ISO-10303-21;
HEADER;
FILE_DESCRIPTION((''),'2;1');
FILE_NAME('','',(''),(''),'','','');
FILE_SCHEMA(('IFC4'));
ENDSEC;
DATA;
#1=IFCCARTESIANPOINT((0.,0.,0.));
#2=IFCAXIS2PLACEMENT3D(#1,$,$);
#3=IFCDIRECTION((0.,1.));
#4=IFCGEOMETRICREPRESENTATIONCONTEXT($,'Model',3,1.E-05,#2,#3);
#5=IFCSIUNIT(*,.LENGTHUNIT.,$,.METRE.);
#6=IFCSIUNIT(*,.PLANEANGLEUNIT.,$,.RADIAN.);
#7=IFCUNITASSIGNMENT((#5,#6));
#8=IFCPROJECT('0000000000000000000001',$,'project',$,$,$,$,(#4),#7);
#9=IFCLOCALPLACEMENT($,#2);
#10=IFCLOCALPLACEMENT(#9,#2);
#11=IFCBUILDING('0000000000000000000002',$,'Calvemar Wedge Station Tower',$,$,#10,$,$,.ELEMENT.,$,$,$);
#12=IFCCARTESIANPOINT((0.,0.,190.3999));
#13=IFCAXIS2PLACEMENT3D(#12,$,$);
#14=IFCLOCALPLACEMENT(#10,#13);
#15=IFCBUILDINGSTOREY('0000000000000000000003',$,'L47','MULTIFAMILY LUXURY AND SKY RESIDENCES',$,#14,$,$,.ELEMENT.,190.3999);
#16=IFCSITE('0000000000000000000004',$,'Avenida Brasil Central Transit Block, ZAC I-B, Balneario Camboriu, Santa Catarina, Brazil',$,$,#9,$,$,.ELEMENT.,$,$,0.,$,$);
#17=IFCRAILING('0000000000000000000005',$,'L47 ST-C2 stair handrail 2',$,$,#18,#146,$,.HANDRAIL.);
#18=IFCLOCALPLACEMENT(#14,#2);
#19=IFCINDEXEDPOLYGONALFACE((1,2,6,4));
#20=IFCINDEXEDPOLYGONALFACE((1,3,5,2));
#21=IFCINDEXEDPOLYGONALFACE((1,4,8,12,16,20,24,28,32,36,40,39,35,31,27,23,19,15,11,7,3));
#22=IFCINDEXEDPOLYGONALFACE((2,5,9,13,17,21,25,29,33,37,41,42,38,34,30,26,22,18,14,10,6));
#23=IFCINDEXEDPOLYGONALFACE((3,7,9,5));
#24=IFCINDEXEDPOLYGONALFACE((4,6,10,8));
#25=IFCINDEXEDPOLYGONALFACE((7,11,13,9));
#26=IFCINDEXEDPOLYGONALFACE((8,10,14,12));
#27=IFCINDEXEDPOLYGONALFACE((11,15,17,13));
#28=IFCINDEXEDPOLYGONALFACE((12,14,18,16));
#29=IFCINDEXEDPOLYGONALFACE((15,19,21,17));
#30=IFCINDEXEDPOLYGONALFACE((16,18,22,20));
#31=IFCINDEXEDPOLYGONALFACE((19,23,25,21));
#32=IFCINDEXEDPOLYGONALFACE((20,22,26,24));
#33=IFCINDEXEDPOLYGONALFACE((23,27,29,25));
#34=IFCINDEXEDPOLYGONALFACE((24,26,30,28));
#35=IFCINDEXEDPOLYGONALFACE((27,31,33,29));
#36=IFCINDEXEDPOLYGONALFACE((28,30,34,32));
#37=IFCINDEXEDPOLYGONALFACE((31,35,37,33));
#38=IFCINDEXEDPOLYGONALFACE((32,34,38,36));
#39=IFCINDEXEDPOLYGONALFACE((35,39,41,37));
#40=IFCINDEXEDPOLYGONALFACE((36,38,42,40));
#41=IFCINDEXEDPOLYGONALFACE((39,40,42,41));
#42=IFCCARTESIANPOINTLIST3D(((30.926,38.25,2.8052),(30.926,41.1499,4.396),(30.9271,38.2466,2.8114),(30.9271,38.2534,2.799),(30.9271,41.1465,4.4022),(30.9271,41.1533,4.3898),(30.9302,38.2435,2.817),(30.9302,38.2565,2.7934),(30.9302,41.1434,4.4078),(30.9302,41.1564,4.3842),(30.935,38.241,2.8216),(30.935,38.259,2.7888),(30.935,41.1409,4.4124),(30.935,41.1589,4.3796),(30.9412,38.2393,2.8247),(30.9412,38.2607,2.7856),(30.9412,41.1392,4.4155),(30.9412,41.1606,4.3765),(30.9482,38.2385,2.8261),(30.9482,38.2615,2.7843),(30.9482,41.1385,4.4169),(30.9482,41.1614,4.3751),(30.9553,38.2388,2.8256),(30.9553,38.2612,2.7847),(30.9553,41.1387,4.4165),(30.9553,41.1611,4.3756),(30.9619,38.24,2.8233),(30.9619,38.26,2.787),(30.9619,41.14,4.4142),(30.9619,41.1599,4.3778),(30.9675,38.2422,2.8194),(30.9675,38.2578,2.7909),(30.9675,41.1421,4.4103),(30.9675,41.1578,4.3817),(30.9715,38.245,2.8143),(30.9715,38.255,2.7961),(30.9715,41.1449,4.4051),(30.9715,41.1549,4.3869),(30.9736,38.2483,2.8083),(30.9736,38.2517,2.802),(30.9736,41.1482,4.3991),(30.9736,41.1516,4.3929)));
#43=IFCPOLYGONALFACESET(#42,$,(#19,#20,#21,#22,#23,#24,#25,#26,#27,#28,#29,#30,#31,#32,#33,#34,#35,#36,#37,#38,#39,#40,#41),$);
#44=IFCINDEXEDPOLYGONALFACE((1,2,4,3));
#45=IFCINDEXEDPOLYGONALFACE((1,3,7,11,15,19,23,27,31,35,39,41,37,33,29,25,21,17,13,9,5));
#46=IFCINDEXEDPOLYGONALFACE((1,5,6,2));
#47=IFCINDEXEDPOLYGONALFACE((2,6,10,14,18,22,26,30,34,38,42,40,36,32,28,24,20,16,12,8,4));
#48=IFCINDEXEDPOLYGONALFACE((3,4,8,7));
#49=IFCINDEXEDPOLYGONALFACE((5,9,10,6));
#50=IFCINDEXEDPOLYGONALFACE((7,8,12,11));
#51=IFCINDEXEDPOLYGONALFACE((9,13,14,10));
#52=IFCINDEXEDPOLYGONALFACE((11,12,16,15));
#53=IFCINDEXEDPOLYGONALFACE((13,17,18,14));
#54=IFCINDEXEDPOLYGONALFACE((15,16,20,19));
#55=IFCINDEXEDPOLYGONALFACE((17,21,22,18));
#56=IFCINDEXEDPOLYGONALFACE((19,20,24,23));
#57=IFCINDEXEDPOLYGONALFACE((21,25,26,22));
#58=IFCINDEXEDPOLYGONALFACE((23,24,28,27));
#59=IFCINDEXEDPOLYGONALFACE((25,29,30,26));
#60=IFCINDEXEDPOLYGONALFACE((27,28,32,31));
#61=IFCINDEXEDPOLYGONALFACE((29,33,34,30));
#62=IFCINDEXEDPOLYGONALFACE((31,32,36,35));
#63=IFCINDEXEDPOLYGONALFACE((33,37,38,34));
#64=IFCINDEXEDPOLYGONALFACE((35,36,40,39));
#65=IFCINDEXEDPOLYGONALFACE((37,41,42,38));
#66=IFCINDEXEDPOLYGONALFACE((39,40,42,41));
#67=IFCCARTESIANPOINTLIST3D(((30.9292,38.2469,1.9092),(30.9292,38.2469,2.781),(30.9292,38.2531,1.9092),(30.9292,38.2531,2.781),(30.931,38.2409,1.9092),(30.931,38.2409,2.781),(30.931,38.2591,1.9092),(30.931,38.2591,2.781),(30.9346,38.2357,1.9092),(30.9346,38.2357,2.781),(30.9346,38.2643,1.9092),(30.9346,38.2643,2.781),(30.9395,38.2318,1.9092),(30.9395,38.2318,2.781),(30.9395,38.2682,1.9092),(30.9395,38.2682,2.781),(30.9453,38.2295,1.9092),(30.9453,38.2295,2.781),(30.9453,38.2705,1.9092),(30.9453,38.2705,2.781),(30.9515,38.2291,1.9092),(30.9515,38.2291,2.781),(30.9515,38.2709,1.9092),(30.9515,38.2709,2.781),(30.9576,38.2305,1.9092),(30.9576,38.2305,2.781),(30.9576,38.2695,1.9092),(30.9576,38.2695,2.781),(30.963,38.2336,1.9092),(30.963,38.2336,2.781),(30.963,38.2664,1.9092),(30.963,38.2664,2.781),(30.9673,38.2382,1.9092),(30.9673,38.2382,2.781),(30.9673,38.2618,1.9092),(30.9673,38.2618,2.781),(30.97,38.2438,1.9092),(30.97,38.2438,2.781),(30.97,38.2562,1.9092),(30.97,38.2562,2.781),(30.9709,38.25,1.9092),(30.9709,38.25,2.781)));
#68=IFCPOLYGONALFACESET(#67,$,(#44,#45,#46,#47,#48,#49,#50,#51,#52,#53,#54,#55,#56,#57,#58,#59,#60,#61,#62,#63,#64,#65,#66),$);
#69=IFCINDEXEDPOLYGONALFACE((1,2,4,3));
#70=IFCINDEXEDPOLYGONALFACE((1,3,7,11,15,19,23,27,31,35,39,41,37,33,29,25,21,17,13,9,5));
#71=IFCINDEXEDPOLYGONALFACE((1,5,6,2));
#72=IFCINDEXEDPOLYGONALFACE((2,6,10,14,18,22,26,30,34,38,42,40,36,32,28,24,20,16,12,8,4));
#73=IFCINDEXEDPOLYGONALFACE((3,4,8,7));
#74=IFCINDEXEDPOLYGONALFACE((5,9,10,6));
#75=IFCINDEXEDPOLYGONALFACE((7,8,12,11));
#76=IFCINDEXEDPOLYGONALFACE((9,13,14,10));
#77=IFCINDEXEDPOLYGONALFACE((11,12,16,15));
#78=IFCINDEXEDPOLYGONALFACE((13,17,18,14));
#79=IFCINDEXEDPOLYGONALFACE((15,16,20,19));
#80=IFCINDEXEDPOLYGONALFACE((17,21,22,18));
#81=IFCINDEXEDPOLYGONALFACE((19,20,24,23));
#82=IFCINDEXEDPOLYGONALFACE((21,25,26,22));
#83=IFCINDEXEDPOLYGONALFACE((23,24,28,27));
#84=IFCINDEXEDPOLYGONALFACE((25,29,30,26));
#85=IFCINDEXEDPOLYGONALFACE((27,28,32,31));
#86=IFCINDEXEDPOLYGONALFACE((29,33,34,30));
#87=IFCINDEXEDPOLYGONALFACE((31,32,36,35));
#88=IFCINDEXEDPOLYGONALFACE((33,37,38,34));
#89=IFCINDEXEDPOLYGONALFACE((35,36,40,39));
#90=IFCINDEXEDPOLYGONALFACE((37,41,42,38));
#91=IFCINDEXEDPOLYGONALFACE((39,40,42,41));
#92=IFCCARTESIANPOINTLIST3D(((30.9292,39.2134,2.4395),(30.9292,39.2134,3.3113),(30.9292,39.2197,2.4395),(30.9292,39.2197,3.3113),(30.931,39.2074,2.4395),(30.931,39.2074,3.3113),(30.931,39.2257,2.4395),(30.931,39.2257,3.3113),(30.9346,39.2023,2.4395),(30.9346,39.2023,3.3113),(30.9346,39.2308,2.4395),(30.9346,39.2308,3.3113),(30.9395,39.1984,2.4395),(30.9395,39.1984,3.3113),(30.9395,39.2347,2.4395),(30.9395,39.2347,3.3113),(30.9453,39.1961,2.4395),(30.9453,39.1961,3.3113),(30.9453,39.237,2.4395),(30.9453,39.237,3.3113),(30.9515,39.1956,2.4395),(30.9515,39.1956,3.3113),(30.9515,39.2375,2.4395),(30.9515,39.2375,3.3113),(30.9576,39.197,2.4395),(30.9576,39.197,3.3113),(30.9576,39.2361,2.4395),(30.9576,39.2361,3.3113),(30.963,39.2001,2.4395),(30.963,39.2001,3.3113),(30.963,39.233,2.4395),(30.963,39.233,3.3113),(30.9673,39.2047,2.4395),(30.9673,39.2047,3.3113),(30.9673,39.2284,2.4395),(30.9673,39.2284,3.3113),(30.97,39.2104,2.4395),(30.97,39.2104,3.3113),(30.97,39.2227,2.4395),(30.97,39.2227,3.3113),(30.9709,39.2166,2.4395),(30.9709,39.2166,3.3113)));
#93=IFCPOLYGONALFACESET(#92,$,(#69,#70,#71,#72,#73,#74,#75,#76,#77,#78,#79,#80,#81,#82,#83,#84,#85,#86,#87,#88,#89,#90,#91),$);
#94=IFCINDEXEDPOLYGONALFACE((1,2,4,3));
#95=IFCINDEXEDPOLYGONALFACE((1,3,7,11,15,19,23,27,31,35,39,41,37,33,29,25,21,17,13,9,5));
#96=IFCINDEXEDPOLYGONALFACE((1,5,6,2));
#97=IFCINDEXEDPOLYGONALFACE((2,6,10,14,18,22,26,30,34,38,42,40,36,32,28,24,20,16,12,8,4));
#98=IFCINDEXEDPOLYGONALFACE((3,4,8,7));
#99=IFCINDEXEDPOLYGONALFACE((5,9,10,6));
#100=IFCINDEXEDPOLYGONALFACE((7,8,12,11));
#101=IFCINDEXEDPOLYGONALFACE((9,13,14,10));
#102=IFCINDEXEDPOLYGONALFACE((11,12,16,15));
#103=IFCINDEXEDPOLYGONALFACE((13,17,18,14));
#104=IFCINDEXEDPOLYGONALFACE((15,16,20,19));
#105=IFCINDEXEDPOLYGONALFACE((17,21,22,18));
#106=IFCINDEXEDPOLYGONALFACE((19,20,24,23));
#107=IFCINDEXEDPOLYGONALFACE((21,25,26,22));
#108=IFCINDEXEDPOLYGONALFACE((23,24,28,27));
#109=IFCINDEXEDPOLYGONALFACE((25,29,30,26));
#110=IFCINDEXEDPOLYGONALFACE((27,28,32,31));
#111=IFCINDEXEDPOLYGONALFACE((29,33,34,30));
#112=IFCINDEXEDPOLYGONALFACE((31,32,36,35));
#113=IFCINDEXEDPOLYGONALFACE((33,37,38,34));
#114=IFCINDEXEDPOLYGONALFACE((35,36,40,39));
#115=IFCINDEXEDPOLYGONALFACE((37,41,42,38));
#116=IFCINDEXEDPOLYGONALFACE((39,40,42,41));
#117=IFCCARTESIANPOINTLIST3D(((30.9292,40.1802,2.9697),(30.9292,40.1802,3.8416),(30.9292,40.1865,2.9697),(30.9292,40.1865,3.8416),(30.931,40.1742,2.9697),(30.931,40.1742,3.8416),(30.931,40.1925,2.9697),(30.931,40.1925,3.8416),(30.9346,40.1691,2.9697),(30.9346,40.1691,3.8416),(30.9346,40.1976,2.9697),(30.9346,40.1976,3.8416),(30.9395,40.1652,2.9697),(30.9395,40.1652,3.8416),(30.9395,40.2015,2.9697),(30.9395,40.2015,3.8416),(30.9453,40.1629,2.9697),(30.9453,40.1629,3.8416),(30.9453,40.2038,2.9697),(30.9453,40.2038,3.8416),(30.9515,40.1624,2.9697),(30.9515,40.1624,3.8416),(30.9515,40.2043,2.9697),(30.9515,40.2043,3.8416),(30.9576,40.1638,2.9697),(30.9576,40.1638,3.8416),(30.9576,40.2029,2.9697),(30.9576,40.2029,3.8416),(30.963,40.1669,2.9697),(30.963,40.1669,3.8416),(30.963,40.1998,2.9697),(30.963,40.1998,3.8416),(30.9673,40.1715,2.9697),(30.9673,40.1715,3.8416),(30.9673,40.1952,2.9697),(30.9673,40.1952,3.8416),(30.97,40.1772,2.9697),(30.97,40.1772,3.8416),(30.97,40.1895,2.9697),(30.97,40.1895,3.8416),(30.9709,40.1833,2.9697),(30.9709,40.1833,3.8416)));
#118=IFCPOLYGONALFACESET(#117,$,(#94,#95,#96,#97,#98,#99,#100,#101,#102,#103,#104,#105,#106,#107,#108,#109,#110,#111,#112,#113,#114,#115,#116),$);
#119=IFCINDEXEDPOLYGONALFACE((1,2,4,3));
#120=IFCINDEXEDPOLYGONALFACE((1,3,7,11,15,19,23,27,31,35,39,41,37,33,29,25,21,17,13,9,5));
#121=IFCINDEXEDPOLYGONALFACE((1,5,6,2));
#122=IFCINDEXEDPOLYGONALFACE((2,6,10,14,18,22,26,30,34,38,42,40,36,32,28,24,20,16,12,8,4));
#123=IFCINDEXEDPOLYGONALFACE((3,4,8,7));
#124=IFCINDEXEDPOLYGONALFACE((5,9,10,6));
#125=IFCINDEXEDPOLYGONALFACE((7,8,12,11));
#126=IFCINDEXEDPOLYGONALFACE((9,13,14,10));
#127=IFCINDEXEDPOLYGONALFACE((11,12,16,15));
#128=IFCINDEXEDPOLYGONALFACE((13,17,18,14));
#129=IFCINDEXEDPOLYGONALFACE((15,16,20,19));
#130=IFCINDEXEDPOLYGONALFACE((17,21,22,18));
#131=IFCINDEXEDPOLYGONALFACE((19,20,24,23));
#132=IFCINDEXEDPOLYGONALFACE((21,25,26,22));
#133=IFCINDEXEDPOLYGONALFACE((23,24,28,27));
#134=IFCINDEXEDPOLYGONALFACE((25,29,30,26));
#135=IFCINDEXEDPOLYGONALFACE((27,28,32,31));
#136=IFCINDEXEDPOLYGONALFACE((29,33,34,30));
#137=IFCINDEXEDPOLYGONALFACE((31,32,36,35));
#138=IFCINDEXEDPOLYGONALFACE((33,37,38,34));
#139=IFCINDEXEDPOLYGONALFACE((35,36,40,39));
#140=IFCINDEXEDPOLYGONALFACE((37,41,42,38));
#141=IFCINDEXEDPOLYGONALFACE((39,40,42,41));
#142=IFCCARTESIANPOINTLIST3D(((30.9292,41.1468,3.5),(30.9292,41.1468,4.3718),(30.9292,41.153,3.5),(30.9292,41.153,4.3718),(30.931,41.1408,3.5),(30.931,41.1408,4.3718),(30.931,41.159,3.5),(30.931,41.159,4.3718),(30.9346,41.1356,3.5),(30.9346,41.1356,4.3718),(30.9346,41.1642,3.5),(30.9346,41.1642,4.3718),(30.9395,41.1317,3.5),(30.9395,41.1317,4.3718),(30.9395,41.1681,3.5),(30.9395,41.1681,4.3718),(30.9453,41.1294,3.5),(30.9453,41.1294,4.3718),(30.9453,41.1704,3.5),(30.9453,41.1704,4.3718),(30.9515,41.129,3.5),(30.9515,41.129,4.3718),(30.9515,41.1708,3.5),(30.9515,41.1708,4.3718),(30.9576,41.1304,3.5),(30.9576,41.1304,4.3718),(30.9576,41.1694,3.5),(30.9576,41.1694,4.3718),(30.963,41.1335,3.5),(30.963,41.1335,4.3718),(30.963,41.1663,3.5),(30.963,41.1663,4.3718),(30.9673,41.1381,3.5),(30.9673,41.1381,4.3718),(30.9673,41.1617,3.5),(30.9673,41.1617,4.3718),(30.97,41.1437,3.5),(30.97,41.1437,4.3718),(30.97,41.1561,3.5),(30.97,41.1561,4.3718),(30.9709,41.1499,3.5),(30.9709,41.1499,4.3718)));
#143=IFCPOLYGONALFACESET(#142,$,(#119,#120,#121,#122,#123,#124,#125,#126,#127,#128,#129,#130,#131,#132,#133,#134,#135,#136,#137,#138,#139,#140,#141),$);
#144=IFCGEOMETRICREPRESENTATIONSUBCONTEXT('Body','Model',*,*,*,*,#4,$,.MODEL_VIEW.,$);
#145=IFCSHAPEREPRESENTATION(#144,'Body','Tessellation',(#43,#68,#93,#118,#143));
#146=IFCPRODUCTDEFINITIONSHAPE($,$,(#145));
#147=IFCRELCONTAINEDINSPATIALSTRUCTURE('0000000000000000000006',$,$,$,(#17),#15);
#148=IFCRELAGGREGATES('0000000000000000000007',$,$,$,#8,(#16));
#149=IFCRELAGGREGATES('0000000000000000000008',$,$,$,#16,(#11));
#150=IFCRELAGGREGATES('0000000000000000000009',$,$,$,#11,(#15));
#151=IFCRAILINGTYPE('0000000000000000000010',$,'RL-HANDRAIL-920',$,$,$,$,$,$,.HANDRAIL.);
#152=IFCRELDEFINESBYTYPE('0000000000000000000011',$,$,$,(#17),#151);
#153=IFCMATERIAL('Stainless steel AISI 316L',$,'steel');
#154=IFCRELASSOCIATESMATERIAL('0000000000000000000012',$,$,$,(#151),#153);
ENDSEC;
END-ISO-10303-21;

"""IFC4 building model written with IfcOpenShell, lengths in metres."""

from ifc_helpers import new_model, si_unit, direction, frame, origin, origin_2d, place, context, subcontext, project, spatial, circle, extrude, material, type_object, element, save


model = new_model("IFC4")

# Units and contexts
model_context = context("Model", 3, precision=1e-05, world=origin(), true_north=direction((0.0, 1.0)))
body_context = subcontext(model_context, "Body", "Model", "MODEL_VIEW")
ifc_project = project(units=[si_unit("LENGTHUNIT", "METRE"), si_unit("PLANEANGLEUNIT", "RADIAN")], contexts=[model_context])

# Site, building, storey
site_placement = place(None, origin())
site = spatial("IfcSite", under=ifc_project, at=site_placement, Name="Avenida Brasil Central Transit Block, ZAC I-B, Balneario Camboriu, Santa Catarina, Brazil", CompositionType="ELEMENT", RefElevation=0.0)
building_placement = place(site_placement, origin())
building = spatial("IfcBuilding", under=site, at=building_placement, Name="Calvemar Wedge Station Tower", CompositionType="ELEMENT")
storey_placement = place(building_placement, frame((0.0, 0.0, 190.3999)))
storey = spatial("IfcBuildingStorey", under=building, at=storey_placement, Name="L47", Description="MULTIFAMILY LUXURY AND SKY RESIDENCES", CompositionType="ELEMENT", Elevation=190.3999)

# Railing
ifc_material_1 = material(Name="Stainless steel AISI 316L", Category="steel")
railing_type_1 = type_object("IfcRailingType", Name="RL-HANDRAIL-920", PredefinedType="HANDRAIL", material=ifc_material_1)
railing_1_placement = place(storey_placement, frame((30.95, 38.25, 1.9092)))
element("IfcRailing", 1, at=railing_1_placement, inside=storey, type_object=railing_type_1, Name="L47 ST-C2 stair handrail 2", PredefinedType="HANDRAIL", context=body_context, shape_type="SweptSolid", body=[
    extrude(circle(Radius=0.0239, at=origin_2d()), frame((0.0, 0.0, 0.896), z_axis=(0.0, 0.876742, 0.480961), x_axis=(-1.0, 0.0, 0.0)), (0.0, 0.0, 1.0), 3.3076),
    extrude(circle(Radius=0.021, at=origin_2d()), origin(), (0.0, 0.0, 1.0), 0.8718),
    extrude(circle(Radius=0.021, at=origin_2d()), frame((0.0, 0.9666, 0.5303)), (0.0, 0.0, 1.0), 0.8718),
    extrude(circle(Radius=0.021, at=origin_2d()), frame((0.0, 1.9333, 1.0605)), (0.0, 0.0, 1.0), 0.8718),
    extrude(circle(Radius=0.021, at=origin_2d()), frame((0.0, 2.8999, 1.5908)), (0.0, 0.0, 1.0), 0.8718),
])

save(model, "model.ifc")
